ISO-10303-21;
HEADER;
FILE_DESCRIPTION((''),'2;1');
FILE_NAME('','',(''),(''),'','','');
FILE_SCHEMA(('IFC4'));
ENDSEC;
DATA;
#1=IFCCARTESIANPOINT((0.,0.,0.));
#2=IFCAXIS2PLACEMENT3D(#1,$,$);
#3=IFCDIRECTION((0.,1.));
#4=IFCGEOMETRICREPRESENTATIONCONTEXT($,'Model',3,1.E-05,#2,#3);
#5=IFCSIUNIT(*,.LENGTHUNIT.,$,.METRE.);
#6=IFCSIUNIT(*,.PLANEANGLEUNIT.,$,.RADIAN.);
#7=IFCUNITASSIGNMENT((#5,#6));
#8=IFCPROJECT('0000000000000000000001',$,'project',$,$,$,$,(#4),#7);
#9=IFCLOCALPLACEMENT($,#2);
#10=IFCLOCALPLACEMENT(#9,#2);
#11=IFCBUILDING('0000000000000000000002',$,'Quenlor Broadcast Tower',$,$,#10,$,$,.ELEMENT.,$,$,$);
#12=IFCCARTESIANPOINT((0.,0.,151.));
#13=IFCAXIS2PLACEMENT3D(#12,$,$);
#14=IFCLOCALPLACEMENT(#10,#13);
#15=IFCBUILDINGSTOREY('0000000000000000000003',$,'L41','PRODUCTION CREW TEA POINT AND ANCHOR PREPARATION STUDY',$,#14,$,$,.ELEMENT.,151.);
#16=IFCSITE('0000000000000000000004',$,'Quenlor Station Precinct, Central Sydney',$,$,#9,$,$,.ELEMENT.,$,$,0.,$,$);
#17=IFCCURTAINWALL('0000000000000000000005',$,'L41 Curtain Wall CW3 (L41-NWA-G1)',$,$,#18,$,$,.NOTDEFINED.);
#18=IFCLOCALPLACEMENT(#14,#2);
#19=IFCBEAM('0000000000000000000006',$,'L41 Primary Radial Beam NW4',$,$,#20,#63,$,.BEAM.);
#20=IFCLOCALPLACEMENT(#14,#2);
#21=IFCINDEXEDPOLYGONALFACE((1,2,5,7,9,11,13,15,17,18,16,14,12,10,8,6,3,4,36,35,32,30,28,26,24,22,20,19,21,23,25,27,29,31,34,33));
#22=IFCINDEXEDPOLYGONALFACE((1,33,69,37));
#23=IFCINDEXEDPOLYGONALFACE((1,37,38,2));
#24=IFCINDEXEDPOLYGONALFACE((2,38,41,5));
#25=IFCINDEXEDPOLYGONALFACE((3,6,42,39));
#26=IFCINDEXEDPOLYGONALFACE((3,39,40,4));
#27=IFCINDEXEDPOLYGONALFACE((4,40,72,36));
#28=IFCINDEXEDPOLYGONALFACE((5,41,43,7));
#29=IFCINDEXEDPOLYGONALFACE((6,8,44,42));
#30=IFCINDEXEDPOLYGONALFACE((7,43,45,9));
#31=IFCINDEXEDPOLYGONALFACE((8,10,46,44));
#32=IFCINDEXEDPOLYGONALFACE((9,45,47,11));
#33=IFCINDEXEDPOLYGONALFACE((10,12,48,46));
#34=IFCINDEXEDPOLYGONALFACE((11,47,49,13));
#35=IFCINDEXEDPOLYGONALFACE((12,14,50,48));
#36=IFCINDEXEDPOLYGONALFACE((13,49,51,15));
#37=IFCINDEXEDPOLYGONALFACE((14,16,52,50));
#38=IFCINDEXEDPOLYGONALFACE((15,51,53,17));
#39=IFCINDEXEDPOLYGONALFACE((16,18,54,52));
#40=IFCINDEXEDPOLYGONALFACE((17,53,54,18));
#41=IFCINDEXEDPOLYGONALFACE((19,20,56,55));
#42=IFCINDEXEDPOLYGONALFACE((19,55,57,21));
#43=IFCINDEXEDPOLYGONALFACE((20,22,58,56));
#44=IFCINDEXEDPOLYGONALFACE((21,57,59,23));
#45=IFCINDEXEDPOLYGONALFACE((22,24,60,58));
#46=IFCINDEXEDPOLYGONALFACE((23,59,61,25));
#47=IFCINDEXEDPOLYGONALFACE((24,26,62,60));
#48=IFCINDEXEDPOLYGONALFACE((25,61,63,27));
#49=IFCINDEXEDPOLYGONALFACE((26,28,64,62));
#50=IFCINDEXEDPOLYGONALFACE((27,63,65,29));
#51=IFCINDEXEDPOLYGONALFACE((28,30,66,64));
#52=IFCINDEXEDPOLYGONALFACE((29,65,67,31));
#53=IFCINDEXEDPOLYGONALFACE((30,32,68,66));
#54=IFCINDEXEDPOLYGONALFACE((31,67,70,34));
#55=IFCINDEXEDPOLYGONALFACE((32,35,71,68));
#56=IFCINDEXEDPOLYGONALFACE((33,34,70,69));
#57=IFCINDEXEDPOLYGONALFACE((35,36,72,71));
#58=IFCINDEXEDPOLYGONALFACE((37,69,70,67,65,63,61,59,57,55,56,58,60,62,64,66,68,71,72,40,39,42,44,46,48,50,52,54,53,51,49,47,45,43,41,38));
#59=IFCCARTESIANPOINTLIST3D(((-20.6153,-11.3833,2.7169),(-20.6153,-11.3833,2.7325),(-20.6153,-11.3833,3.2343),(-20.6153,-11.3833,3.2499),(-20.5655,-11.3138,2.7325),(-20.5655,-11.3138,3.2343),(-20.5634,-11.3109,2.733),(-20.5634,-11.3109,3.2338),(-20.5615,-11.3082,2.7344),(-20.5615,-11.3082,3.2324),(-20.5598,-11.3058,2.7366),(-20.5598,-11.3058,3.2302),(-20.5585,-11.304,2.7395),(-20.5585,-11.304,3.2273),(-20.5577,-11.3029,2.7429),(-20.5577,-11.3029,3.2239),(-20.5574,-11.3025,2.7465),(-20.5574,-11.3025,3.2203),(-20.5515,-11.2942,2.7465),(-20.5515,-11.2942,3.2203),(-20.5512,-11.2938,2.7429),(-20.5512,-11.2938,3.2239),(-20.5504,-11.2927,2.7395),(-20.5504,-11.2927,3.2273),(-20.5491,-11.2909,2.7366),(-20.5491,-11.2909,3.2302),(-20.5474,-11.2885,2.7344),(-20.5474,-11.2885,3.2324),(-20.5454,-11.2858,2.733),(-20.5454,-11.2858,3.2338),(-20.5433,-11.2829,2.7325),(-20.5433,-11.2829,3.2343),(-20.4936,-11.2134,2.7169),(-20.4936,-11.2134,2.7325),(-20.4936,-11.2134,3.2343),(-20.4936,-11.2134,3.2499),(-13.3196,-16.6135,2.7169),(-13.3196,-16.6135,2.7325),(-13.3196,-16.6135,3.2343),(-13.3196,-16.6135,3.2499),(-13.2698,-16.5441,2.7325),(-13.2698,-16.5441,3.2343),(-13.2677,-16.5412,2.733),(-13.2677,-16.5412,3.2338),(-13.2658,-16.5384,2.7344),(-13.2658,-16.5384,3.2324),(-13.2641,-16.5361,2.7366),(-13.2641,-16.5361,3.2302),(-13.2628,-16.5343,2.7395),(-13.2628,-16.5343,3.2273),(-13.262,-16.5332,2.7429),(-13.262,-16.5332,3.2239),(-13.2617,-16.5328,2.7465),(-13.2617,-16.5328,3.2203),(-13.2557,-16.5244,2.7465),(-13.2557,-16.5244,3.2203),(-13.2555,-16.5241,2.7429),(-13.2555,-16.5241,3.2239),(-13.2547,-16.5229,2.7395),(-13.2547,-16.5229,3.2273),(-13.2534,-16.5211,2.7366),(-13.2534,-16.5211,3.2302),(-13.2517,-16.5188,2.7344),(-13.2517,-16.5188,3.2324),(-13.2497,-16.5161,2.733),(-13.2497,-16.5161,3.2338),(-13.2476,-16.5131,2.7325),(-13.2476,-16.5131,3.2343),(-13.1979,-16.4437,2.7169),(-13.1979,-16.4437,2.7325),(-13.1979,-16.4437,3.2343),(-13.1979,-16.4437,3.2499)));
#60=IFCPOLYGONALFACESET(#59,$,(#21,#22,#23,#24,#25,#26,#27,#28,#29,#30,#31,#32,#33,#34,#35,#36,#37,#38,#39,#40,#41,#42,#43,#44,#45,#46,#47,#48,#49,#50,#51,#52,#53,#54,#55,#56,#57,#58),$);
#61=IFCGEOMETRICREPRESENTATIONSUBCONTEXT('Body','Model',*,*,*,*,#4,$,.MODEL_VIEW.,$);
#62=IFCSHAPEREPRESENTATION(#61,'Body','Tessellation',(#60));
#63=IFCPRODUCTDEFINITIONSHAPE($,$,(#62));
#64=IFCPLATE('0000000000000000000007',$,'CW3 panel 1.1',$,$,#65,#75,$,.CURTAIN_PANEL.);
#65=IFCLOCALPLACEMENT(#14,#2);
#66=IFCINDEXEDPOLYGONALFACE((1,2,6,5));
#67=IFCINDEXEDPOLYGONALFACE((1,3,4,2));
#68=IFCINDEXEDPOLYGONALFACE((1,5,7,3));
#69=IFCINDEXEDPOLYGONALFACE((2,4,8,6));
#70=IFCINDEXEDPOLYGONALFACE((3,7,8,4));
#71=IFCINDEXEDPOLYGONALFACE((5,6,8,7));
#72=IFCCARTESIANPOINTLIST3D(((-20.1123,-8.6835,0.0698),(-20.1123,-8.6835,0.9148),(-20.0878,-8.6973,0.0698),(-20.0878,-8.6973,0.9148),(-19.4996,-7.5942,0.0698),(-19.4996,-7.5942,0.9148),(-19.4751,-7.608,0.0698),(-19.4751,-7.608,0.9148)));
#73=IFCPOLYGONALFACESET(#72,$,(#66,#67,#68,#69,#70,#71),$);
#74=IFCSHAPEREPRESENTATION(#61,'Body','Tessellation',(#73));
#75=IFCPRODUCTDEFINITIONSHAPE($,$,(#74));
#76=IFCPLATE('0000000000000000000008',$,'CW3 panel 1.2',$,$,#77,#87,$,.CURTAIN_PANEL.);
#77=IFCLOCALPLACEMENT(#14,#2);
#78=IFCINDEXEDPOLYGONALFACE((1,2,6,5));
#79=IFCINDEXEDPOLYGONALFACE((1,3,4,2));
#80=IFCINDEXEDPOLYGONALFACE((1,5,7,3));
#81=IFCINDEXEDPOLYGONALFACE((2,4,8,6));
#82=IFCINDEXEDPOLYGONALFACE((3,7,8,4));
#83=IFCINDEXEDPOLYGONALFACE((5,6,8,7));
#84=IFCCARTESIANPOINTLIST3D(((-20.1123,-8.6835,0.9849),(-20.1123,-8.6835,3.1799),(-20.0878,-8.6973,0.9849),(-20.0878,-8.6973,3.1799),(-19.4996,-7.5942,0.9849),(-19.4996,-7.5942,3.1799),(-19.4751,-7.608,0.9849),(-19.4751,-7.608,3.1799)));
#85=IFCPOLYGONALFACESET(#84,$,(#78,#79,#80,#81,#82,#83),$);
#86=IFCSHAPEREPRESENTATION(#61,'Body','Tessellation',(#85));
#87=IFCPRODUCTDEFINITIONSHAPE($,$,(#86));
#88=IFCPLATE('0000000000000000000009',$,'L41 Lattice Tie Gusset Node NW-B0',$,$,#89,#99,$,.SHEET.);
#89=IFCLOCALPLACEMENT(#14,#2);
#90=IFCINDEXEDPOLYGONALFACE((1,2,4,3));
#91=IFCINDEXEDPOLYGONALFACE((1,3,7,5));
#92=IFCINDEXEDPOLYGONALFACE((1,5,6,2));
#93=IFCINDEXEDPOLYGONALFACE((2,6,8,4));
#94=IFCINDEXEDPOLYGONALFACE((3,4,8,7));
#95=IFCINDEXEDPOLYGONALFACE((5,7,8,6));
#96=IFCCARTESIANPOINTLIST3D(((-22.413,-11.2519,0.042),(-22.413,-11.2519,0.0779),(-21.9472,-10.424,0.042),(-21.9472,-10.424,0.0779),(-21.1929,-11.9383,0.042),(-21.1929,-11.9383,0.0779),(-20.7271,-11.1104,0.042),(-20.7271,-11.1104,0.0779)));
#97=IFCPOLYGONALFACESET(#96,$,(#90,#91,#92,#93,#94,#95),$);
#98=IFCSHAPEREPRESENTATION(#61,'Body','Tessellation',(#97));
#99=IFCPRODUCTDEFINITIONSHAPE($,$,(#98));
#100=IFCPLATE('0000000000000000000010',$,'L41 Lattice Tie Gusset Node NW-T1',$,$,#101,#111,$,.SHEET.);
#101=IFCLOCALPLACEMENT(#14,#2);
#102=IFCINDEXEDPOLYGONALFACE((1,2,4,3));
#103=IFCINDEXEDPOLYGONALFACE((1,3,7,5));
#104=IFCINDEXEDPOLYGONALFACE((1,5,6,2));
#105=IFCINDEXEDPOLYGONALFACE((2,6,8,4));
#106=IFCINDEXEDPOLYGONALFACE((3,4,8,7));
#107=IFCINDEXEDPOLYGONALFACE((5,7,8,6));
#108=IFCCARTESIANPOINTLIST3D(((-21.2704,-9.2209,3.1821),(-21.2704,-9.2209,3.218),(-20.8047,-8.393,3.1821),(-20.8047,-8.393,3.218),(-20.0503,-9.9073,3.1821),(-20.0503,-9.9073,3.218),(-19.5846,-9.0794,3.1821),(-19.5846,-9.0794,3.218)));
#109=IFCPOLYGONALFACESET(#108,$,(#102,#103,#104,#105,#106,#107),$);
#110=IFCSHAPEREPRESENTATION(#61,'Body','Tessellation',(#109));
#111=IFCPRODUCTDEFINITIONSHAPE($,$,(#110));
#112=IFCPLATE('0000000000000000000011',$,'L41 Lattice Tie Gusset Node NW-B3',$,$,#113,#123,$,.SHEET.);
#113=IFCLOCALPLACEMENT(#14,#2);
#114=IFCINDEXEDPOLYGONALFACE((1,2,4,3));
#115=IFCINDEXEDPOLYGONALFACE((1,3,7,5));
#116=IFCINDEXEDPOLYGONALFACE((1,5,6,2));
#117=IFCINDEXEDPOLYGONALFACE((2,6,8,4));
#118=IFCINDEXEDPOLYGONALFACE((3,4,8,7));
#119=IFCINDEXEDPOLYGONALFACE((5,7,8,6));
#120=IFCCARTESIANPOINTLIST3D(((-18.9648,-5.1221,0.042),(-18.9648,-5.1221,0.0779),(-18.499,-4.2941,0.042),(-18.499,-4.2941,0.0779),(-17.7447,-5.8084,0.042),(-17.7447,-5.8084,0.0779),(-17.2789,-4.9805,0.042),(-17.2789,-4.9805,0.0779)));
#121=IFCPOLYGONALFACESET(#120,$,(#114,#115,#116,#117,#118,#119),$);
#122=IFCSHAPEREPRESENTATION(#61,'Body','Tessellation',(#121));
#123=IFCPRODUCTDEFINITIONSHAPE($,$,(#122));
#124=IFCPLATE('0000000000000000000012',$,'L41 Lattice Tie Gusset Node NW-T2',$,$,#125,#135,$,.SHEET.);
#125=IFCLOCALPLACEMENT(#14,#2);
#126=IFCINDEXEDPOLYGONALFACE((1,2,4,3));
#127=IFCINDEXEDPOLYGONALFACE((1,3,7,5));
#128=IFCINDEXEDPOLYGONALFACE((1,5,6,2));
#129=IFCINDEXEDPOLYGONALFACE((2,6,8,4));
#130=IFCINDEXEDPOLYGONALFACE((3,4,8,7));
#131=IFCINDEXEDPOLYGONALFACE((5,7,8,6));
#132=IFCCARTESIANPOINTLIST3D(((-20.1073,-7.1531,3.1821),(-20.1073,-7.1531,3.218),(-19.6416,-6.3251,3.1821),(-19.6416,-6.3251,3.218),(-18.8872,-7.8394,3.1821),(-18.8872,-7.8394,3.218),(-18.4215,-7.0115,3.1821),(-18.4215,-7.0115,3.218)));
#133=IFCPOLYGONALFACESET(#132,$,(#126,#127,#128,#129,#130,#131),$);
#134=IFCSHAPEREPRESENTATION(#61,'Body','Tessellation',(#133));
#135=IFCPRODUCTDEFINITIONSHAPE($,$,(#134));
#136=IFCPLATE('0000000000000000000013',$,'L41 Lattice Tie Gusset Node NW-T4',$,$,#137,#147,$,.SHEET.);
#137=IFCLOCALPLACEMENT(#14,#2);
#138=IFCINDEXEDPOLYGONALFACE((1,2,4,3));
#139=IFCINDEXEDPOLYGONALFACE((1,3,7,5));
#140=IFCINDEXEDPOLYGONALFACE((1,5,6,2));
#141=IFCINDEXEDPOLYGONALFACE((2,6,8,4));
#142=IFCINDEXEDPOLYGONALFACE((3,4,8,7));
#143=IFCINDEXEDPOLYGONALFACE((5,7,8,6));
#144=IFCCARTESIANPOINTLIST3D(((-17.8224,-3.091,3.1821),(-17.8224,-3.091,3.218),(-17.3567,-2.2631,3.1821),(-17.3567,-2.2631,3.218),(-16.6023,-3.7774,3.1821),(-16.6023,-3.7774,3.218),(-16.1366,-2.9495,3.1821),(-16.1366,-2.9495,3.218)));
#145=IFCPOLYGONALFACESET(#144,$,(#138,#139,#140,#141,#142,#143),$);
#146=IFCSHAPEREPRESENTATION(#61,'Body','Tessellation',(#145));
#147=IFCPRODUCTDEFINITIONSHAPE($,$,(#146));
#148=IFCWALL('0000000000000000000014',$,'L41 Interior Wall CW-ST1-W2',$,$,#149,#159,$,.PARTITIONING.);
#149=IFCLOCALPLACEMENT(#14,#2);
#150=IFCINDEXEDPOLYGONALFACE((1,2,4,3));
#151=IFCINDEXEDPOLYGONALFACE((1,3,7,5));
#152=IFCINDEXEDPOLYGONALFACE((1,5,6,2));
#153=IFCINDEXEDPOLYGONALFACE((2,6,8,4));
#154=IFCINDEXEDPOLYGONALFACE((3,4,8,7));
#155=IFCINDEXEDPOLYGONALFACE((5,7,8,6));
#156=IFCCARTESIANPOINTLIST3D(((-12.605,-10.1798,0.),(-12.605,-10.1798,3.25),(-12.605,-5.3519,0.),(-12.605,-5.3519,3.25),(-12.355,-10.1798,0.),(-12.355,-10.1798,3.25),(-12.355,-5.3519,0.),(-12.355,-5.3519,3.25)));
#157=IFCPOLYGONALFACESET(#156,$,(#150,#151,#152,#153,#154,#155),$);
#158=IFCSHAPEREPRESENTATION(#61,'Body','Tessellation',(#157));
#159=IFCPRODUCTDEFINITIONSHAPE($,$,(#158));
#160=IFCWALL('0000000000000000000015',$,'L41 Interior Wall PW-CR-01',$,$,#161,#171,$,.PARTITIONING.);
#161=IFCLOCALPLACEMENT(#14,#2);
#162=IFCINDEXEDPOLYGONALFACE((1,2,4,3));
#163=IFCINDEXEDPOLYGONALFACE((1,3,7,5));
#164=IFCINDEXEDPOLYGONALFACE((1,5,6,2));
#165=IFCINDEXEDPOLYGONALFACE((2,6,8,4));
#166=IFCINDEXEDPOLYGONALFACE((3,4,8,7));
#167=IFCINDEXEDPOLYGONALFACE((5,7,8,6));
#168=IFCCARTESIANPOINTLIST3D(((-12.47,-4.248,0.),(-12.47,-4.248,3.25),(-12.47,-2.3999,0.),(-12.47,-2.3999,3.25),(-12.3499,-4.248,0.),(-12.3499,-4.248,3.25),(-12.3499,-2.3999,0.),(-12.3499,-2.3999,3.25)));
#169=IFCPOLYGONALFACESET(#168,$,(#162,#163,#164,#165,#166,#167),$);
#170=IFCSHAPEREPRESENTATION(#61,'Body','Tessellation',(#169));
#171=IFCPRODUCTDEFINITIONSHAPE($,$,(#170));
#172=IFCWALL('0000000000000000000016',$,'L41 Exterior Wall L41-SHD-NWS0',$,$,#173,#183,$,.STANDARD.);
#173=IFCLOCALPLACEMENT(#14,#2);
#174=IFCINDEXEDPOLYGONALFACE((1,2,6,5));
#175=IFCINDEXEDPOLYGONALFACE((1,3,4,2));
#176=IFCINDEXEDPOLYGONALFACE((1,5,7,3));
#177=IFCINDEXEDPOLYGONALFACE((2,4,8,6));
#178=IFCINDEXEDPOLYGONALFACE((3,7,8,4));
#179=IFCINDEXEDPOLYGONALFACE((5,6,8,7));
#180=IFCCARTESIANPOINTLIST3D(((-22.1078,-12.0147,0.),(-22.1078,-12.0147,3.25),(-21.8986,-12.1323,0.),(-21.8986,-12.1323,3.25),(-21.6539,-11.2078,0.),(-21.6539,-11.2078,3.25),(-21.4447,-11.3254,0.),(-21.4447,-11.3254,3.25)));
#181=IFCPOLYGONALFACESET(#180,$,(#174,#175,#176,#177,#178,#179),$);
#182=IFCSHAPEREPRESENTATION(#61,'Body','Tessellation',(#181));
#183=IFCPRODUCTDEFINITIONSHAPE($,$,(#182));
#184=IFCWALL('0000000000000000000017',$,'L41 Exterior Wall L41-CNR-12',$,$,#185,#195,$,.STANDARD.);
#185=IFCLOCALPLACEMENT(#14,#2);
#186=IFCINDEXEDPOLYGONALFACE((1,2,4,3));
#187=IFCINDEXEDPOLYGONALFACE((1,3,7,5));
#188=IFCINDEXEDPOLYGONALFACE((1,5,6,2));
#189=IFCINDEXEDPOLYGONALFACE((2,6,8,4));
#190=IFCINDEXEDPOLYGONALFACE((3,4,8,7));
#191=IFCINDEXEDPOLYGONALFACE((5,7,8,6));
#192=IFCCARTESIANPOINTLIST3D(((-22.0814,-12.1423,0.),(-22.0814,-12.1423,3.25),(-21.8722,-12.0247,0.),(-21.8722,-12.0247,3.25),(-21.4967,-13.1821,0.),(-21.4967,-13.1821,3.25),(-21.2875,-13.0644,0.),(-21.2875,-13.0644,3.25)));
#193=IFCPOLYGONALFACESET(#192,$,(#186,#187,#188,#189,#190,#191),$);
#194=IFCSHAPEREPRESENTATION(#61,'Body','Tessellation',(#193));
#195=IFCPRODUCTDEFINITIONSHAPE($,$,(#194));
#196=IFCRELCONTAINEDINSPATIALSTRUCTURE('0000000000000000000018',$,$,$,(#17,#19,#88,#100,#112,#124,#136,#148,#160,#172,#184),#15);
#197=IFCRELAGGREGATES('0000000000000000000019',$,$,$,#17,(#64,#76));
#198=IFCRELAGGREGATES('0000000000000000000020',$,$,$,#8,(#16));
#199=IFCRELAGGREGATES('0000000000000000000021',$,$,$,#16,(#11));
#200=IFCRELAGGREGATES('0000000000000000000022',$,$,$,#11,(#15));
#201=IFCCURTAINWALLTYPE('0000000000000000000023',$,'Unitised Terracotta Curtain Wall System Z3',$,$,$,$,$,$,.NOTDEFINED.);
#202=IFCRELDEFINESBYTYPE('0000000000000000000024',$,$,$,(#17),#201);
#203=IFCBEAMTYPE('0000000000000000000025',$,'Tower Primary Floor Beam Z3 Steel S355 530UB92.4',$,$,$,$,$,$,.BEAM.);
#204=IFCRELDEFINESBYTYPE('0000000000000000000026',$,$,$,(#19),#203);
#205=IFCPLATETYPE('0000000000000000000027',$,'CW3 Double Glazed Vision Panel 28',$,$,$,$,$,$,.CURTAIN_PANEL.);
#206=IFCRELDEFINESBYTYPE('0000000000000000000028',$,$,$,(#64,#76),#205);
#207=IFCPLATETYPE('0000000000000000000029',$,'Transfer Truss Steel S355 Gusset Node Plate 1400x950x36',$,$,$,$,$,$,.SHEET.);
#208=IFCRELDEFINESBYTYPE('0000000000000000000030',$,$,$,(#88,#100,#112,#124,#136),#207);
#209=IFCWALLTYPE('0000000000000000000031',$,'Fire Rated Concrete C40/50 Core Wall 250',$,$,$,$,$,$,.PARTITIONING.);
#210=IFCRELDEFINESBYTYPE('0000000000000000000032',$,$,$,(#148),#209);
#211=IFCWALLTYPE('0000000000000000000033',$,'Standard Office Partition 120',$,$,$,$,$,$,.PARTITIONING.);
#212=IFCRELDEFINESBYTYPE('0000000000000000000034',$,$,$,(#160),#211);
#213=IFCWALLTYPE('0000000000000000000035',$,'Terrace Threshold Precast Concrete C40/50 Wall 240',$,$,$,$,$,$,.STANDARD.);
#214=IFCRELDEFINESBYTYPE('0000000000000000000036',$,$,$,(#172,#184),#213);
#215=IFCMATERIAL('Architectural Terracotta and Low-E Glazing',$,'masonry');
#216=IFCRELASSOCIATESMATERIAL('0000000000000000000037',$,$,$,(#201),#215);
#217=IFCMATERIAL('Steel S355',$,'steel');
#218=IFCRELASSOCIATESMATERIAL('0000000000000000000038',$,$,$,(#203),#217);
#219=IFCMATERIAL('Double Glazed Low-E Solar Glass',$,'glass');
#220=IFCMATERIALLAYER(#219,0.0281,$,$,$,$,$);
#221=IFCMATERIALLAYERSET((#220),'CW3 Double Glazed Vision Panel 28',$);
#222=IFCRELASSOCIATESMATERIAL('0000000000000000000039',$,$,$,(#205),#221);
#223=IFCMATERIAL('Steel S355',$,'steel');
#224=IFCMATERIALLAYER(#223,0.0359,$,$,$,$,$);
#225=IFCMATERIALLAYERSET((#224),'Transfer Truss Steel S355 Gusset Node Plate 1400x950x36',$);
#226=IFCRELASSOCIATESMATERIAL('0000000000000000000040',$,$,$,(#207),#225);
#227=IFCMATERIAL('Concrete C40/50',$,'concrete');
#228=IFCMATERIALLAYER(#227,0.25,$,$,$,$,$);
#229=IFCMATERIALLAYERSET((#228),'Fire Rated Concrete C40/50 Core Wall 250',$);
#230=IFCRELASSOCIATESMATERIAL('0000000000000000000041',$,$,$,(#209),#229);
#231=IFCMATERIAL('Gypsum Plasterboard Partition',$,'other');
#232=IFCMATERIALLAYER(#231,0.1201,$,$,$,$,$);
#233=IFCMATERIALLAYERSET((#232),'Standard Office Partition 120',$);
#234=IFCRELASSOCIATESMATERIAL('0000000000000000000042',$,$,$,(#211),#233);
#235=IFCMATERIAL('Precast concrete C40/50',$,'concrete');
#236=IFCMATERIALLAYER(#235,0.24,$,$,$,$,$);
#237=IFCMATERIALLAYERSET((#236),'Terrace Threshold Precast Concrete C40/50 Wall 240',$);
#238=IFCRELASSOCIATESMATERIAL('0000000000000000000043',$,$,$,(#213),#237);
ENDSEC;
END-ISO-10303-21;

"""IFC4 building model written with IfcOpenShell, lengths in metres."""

from ifc_helpers import new_model, si_unit, direction, frame, frame_2d, origin, origin_2d, place, context, subcontext, project, spatial, rectangle, i_section, extrude, material, layer, layer_set, material_profile, profile_set, type_object, element, aggregate, save


model = new_model("IFC4")

# Units and contexts
model_context = context("Model", 3, precision=1e-05, world=origin(), true_north=direction((0.0, 1.0)))
body_context = subcontext(model_context, "Body", "Model", "MODEL_VIEW")
ifc_project = project(units=[si_unit("LENGTHUNIT", "METRE"), si_unit("PLANEANGLEUNIT", "RADIAN")], contexts=[model_context])

# Site, building, storey
site_placement = place(None, origin())
site = spatial("IfcSite", under=ifc_project, at=site_placement, Name="Quenlor Station Precinct, Central Sydney", CompositionType="ELEMENT", RefElevation=0.0)
building_placement = place(site_placement, origin())
building = spatial("IfcBuilding", under=site, at=building_placement, Name="Quenlor Broadcast Tower", CompositionType="ELEMENT")
storey_placement = place(building_placement, frame((0.0, 0.0, 151.0)))
storey = spatial("IfcBuildingStorey", under=building, at=storey_placement, Name="L41", Description="PRODUCTION CREW TEA POINT AND ANCHOR PREPARATION STUDY", CompositionType="ELEMENT", Elevation=151.0)

# Curtain wall
ifc_material_1 = material(Name="Architectural Terracotta and Low-E Glazing", Category="masonry")
curtain_wall_type = type_object("IfcCurtainWallType", Name="Unitised Terracotta Curtain Wall System Z3", PredefinedType="NOTDEFINED", material=ifc_material_1)
curtain_wall_placement = place(storey_placement, origin())
curtain_wall = element("IfcCurtainWall", 1, at=curtain_wall_placement, inside=storey, type_object=curtain_wall_type, Name="L41 Curtain Wall CW3 (L41-NWA-G1)", PredefinedType="NOTDEFINED")

# Beam
ifc_material_2 = material(Name="Steel S355", Category="steel")
ifc_material_profile_1 = material_profile(ifc_material_2, i_section(OverallWidth=0.209, OverallDepth=0.533, WebThickness=0.0103, FlangeThickness=0.0156, FilletRadius=0.0139, at=origin_2d()))
ifc_profile_set_1 = profile_set([ifc_material_profile_1], Name="Steel S355 530UB92.4")
beam_type_1 = type_object("IfcBeamType", Name="Tower Primary Floor Beam Z3 Steel S355 530UB92.4", PredefinedType="BEAM", material=ifc_profile_set_1)
beam_1_placement = place(storey_placement, frame((-20.5544, -11.2983, 2.9834), z_axis=(0.812729, -0.582642, 0.0), x_axis=(0.582642, 0.812729, 0.0)))
element("IfcBeam", 2, at=beam_1_placement, inside=storey, type_object=beam_type_1, Name="L41 Primary Radial Beam NW4", PredefinedType="BEAM", context=body_context, shape_type="SweptSolid", body=[
    extrude(i_section(OverallWidth=0.209, OverallDepth=0.533, WebThickness=0.0103, FlangeThickness=0.0156, FilletRadius=0.0139, at=origin_2d()), origin(), (0.0, 0.0, 1.0), 8.9768),
])

# Plates
ifc_material_3 = material(Name="Double Glazed Low-E Solar Glass", Category="glass")
ifc_layer_1 = layer(ifc_material_3, 0.0281)
ifc_layer_set_1 = layer_set([ifc_layer_1], Name="CW3 Double Glazed Vision Panel 28")
plate_type_1 = type_object("IfcPlateType", Name="CW3 Double Glazed Vision Panel 28", PredefinedType="CURTAIN_PANEL", material=ifc_layer_set_1)
plate_1_placement = place(storey_placement, frame((-19.7937, -8.1458, 0.0698), z_axis=(0.0, 0.0, 1.0), x_axis=(0.490261, 0.871576, 0.0)))
plate_1 = element("IfcPlate", 3, at=plate_1_placement, type_object=plate_type_1, Name="CW3 panel 1.1", PredefinedType="CURTAIN_PANEL", context=body_context, shape_type="SweptSolid", body=[
    extrude(rectangle(XDim=1.2498, YDim=0.0281, at=origin_2d()), origin(), (0.0, 0.0, 1.0), 0.845),
])
plate_2_placement = place(storey_placement, frame((-19.7937, -8.1458, 0.9849), z_axis=(0.0, 0.0, 1.0), x_axis=(0.490261, 0.871576, 0.0)))
plate_2 = element("IfcPlate", 4, at=plate_2_placement, type_object=plate_type_1, Name="CW3 panel 1.2", PredefinedType="CURTAIN_PANEL", context=body_context, shape_type="SweptSolid", body=[
    extrude(rectangle(XDim=1.2498, YDim=0.0281, at=origin_2d()), origin(), (0.0, 0.0, 1.0), 2.1951),
])
aggregate(curtain_wall, [plate_1, plate_2])

# Plates
ifc_material_4 = material(Name="Steel S355", Category="steel")
ifc_layer_2 = layer(ifc_material_4, 0.0359)
ifc_layer_set_2 = layer_set([ifc_layer_2], Name="Transfer Truss Steel S355 Gusset Node Plate 1400x950x36")
plate_type_2 = type_object("IfcPlateType", Name="Transfer Truss Steel S355 Gusset Node Plate 1400x950x36", PredefinedType="SHEET", material=ifc_layer_set_2)
for number, where, z_axis, x_axis, name in (
    (5, (-21.5701, -11.1812, 0.042), (0.0, 0.0, 1.0), (-0.871556, 0.490295, 0.0), "L41 Lattice Tie Gusset Node NW-B0"),
    (6, (-20.4275, -9.1501, 3.1821), (0.0, 0.0, 1.0), (-0.871556, 0.490295, 0.0), "L41 Lattice Tie Gusset Node NW-T1"),
    (7, (-18.1218, -5.0513, 0.042), (0.0, 0.0, 1.0), (-0.871556, 0.490295, 0.0), "L41 Lattice Tie Gusset Node NW-B3"),
    (8, (-19.2644, -7.0823, 3.1821), (0.0, 0.0, 1.0), (-0.871556, 0.490295, 0.0), "L41 Lattice Tie Gusset Node NW-T2"),
    (9, (-16.9795, -3.0203, 3.1821), (0.0, 0.0, 1.0), (-0.871556, 0.490295, 0.0), "L41 Lattice Tie Gusset Node NW-T4"),
):
    element("IfcPlate", number, at=place(storey_placement, frame(where, z_axis=z_axis, x_axis=x_axis)), inside=storey, type_object=plate_type_2, Name=name, PredefinedType="SHEET", context=body_context, shape_type="SweptSolid", body=[
        extrude(rectangle(XDim=1.3999, YDim=0.95, at=origin_2d()), origin(), (0.0, 0.0, 1.0), 0.0359),
    ])

# Walls
ifc_material_5 = material(Name="Concrete C40/50", Category="concrete")
ifc_layer_3 = layer(ifc_material_5, 0.25)
ifc_layer_set_3 = layer_set([ifc_layer_3], Name="Fire Rated Concrete C40/50 Core Wall 250")
wall_type_1 = type_object("IfcWallType", Name="Fire Rated Concrete C40/50 Core Wall 250", PredefinedType="PARTITIONING", material=ifc_layer_set_3)
wall_1_placement = place(storey_placement, frame((-12.48, -10.1799, 0.0), z_axis=(0.0, 0.0, 1.0), x_axis=(0.0, 1.0, 0.0)))
element("IfcWall", 10, at=wall_1_placement, inside=storey, type_object=wall_type_1, Name="L41 Interior Wall CW-ST1-W2", PredefinedType="PARTITIONING", context=body_context, shape_type="SweptSolid", body=[
    extrude(rectangle(XDim=4.8279, YDim=0.25, at=frame_2d((2.4141, 0.0))), origin(), (0.0, 0.0, 1.0), 3.25),
])
ifc_material_6 = material(Name="Gypsum Plasterboard Partition", Category="other")
ifc_layer_4 = layer(ifc_material_6, 0.1201)
ifc_layer_set_4 = layer_set([ifc_layer_4], Name="Standard Office Partition 120")
wall_type_2 = type_object("IfcWallType", Name="Standard Office Partition 120", PredefinedType="PARTITIONING", material=ifc_layer_set_4)
wall_2_placement = place(storey_placement, frame((-12.4099, -4.248, 0.0), z_axis=(0.0, 0.0, 1.0), x_axis=(0.0, 1.0, 0.0)))
element("IfcWall", 11, at=wall_2_placement, inside=storey, type_object=wall_type_2, Name="L41 Interior Wall PW-CR-01", PredefinedType="PARTITIONING", context=body_context, shape_type="SweptSolid", body=[
    extrude(rectangle(XDim=1.8481, YDim=0.1201, at=frame_2d((0.9241, 0.0))), origin(), (0.0, 0.0, 1.0), 3.25),
])
ifc_material_7 = material(Name="Precast concrete C40/50", Category="concrete")
ifc_layer_5 = layer(ifc_material_7, 0.24)
ifc_layer_set_5 = layer_set([ifc_layer_5], Name="Terrace Threshold Precast Concrete C40/50 Wall 240")
wall_type_3 = type_object("IfcWallType", Name="Terrace Threshold Precast Concrete C40/50 Wall 240", PredefinedType="STANDARD", material=ifc_layer_set_5)
wall_3_placement = place(storey_placement, frame((-22.0032, -12.0735, 0.0), z_axis=(0.0, 0.0, 1.0), x_axis=(0.490249, 0.871583, 0.0)))
element("IfcWall", 12, at=wall_3_placement, inside=storey, type_object=wall_type_3, Name="L41 Exterior Wall L41-SHD-NWS0", PredefinedType="STANDARD", context=body_context, shape_type="SweptSolid", body=[
    extrude(rectangle(XDim=0.9258, YDim=0.24, at=frame_2d((0.4629, 0.0))), origin(), (0.0, 0.0, 1.0), 3.25),
])
wall_4_placement = place(storey_placement, frame((-21.9768, -12.0835, 0.0), z_axis=(0.0, 0.0, 1.0), x_axis=(0.490154, -0.871636, 0.0)))
element("IfcWall", 13, at=wall_4_placement, inside=storey, type_object=wall_type_3, Name="L41 Exterior Wall L41-CNR-12", PredefinedType="STANDARD", context=body_context, shape_type="SweptSolid", body=[
    extrude(rectangle(XDim=1.1929, YDim=0.24, at=frame_2d((0.5964, 0.0))), origin(), (0.0, 0.0, 1.0), 3.25),
])

save(model, "model.ifc")
